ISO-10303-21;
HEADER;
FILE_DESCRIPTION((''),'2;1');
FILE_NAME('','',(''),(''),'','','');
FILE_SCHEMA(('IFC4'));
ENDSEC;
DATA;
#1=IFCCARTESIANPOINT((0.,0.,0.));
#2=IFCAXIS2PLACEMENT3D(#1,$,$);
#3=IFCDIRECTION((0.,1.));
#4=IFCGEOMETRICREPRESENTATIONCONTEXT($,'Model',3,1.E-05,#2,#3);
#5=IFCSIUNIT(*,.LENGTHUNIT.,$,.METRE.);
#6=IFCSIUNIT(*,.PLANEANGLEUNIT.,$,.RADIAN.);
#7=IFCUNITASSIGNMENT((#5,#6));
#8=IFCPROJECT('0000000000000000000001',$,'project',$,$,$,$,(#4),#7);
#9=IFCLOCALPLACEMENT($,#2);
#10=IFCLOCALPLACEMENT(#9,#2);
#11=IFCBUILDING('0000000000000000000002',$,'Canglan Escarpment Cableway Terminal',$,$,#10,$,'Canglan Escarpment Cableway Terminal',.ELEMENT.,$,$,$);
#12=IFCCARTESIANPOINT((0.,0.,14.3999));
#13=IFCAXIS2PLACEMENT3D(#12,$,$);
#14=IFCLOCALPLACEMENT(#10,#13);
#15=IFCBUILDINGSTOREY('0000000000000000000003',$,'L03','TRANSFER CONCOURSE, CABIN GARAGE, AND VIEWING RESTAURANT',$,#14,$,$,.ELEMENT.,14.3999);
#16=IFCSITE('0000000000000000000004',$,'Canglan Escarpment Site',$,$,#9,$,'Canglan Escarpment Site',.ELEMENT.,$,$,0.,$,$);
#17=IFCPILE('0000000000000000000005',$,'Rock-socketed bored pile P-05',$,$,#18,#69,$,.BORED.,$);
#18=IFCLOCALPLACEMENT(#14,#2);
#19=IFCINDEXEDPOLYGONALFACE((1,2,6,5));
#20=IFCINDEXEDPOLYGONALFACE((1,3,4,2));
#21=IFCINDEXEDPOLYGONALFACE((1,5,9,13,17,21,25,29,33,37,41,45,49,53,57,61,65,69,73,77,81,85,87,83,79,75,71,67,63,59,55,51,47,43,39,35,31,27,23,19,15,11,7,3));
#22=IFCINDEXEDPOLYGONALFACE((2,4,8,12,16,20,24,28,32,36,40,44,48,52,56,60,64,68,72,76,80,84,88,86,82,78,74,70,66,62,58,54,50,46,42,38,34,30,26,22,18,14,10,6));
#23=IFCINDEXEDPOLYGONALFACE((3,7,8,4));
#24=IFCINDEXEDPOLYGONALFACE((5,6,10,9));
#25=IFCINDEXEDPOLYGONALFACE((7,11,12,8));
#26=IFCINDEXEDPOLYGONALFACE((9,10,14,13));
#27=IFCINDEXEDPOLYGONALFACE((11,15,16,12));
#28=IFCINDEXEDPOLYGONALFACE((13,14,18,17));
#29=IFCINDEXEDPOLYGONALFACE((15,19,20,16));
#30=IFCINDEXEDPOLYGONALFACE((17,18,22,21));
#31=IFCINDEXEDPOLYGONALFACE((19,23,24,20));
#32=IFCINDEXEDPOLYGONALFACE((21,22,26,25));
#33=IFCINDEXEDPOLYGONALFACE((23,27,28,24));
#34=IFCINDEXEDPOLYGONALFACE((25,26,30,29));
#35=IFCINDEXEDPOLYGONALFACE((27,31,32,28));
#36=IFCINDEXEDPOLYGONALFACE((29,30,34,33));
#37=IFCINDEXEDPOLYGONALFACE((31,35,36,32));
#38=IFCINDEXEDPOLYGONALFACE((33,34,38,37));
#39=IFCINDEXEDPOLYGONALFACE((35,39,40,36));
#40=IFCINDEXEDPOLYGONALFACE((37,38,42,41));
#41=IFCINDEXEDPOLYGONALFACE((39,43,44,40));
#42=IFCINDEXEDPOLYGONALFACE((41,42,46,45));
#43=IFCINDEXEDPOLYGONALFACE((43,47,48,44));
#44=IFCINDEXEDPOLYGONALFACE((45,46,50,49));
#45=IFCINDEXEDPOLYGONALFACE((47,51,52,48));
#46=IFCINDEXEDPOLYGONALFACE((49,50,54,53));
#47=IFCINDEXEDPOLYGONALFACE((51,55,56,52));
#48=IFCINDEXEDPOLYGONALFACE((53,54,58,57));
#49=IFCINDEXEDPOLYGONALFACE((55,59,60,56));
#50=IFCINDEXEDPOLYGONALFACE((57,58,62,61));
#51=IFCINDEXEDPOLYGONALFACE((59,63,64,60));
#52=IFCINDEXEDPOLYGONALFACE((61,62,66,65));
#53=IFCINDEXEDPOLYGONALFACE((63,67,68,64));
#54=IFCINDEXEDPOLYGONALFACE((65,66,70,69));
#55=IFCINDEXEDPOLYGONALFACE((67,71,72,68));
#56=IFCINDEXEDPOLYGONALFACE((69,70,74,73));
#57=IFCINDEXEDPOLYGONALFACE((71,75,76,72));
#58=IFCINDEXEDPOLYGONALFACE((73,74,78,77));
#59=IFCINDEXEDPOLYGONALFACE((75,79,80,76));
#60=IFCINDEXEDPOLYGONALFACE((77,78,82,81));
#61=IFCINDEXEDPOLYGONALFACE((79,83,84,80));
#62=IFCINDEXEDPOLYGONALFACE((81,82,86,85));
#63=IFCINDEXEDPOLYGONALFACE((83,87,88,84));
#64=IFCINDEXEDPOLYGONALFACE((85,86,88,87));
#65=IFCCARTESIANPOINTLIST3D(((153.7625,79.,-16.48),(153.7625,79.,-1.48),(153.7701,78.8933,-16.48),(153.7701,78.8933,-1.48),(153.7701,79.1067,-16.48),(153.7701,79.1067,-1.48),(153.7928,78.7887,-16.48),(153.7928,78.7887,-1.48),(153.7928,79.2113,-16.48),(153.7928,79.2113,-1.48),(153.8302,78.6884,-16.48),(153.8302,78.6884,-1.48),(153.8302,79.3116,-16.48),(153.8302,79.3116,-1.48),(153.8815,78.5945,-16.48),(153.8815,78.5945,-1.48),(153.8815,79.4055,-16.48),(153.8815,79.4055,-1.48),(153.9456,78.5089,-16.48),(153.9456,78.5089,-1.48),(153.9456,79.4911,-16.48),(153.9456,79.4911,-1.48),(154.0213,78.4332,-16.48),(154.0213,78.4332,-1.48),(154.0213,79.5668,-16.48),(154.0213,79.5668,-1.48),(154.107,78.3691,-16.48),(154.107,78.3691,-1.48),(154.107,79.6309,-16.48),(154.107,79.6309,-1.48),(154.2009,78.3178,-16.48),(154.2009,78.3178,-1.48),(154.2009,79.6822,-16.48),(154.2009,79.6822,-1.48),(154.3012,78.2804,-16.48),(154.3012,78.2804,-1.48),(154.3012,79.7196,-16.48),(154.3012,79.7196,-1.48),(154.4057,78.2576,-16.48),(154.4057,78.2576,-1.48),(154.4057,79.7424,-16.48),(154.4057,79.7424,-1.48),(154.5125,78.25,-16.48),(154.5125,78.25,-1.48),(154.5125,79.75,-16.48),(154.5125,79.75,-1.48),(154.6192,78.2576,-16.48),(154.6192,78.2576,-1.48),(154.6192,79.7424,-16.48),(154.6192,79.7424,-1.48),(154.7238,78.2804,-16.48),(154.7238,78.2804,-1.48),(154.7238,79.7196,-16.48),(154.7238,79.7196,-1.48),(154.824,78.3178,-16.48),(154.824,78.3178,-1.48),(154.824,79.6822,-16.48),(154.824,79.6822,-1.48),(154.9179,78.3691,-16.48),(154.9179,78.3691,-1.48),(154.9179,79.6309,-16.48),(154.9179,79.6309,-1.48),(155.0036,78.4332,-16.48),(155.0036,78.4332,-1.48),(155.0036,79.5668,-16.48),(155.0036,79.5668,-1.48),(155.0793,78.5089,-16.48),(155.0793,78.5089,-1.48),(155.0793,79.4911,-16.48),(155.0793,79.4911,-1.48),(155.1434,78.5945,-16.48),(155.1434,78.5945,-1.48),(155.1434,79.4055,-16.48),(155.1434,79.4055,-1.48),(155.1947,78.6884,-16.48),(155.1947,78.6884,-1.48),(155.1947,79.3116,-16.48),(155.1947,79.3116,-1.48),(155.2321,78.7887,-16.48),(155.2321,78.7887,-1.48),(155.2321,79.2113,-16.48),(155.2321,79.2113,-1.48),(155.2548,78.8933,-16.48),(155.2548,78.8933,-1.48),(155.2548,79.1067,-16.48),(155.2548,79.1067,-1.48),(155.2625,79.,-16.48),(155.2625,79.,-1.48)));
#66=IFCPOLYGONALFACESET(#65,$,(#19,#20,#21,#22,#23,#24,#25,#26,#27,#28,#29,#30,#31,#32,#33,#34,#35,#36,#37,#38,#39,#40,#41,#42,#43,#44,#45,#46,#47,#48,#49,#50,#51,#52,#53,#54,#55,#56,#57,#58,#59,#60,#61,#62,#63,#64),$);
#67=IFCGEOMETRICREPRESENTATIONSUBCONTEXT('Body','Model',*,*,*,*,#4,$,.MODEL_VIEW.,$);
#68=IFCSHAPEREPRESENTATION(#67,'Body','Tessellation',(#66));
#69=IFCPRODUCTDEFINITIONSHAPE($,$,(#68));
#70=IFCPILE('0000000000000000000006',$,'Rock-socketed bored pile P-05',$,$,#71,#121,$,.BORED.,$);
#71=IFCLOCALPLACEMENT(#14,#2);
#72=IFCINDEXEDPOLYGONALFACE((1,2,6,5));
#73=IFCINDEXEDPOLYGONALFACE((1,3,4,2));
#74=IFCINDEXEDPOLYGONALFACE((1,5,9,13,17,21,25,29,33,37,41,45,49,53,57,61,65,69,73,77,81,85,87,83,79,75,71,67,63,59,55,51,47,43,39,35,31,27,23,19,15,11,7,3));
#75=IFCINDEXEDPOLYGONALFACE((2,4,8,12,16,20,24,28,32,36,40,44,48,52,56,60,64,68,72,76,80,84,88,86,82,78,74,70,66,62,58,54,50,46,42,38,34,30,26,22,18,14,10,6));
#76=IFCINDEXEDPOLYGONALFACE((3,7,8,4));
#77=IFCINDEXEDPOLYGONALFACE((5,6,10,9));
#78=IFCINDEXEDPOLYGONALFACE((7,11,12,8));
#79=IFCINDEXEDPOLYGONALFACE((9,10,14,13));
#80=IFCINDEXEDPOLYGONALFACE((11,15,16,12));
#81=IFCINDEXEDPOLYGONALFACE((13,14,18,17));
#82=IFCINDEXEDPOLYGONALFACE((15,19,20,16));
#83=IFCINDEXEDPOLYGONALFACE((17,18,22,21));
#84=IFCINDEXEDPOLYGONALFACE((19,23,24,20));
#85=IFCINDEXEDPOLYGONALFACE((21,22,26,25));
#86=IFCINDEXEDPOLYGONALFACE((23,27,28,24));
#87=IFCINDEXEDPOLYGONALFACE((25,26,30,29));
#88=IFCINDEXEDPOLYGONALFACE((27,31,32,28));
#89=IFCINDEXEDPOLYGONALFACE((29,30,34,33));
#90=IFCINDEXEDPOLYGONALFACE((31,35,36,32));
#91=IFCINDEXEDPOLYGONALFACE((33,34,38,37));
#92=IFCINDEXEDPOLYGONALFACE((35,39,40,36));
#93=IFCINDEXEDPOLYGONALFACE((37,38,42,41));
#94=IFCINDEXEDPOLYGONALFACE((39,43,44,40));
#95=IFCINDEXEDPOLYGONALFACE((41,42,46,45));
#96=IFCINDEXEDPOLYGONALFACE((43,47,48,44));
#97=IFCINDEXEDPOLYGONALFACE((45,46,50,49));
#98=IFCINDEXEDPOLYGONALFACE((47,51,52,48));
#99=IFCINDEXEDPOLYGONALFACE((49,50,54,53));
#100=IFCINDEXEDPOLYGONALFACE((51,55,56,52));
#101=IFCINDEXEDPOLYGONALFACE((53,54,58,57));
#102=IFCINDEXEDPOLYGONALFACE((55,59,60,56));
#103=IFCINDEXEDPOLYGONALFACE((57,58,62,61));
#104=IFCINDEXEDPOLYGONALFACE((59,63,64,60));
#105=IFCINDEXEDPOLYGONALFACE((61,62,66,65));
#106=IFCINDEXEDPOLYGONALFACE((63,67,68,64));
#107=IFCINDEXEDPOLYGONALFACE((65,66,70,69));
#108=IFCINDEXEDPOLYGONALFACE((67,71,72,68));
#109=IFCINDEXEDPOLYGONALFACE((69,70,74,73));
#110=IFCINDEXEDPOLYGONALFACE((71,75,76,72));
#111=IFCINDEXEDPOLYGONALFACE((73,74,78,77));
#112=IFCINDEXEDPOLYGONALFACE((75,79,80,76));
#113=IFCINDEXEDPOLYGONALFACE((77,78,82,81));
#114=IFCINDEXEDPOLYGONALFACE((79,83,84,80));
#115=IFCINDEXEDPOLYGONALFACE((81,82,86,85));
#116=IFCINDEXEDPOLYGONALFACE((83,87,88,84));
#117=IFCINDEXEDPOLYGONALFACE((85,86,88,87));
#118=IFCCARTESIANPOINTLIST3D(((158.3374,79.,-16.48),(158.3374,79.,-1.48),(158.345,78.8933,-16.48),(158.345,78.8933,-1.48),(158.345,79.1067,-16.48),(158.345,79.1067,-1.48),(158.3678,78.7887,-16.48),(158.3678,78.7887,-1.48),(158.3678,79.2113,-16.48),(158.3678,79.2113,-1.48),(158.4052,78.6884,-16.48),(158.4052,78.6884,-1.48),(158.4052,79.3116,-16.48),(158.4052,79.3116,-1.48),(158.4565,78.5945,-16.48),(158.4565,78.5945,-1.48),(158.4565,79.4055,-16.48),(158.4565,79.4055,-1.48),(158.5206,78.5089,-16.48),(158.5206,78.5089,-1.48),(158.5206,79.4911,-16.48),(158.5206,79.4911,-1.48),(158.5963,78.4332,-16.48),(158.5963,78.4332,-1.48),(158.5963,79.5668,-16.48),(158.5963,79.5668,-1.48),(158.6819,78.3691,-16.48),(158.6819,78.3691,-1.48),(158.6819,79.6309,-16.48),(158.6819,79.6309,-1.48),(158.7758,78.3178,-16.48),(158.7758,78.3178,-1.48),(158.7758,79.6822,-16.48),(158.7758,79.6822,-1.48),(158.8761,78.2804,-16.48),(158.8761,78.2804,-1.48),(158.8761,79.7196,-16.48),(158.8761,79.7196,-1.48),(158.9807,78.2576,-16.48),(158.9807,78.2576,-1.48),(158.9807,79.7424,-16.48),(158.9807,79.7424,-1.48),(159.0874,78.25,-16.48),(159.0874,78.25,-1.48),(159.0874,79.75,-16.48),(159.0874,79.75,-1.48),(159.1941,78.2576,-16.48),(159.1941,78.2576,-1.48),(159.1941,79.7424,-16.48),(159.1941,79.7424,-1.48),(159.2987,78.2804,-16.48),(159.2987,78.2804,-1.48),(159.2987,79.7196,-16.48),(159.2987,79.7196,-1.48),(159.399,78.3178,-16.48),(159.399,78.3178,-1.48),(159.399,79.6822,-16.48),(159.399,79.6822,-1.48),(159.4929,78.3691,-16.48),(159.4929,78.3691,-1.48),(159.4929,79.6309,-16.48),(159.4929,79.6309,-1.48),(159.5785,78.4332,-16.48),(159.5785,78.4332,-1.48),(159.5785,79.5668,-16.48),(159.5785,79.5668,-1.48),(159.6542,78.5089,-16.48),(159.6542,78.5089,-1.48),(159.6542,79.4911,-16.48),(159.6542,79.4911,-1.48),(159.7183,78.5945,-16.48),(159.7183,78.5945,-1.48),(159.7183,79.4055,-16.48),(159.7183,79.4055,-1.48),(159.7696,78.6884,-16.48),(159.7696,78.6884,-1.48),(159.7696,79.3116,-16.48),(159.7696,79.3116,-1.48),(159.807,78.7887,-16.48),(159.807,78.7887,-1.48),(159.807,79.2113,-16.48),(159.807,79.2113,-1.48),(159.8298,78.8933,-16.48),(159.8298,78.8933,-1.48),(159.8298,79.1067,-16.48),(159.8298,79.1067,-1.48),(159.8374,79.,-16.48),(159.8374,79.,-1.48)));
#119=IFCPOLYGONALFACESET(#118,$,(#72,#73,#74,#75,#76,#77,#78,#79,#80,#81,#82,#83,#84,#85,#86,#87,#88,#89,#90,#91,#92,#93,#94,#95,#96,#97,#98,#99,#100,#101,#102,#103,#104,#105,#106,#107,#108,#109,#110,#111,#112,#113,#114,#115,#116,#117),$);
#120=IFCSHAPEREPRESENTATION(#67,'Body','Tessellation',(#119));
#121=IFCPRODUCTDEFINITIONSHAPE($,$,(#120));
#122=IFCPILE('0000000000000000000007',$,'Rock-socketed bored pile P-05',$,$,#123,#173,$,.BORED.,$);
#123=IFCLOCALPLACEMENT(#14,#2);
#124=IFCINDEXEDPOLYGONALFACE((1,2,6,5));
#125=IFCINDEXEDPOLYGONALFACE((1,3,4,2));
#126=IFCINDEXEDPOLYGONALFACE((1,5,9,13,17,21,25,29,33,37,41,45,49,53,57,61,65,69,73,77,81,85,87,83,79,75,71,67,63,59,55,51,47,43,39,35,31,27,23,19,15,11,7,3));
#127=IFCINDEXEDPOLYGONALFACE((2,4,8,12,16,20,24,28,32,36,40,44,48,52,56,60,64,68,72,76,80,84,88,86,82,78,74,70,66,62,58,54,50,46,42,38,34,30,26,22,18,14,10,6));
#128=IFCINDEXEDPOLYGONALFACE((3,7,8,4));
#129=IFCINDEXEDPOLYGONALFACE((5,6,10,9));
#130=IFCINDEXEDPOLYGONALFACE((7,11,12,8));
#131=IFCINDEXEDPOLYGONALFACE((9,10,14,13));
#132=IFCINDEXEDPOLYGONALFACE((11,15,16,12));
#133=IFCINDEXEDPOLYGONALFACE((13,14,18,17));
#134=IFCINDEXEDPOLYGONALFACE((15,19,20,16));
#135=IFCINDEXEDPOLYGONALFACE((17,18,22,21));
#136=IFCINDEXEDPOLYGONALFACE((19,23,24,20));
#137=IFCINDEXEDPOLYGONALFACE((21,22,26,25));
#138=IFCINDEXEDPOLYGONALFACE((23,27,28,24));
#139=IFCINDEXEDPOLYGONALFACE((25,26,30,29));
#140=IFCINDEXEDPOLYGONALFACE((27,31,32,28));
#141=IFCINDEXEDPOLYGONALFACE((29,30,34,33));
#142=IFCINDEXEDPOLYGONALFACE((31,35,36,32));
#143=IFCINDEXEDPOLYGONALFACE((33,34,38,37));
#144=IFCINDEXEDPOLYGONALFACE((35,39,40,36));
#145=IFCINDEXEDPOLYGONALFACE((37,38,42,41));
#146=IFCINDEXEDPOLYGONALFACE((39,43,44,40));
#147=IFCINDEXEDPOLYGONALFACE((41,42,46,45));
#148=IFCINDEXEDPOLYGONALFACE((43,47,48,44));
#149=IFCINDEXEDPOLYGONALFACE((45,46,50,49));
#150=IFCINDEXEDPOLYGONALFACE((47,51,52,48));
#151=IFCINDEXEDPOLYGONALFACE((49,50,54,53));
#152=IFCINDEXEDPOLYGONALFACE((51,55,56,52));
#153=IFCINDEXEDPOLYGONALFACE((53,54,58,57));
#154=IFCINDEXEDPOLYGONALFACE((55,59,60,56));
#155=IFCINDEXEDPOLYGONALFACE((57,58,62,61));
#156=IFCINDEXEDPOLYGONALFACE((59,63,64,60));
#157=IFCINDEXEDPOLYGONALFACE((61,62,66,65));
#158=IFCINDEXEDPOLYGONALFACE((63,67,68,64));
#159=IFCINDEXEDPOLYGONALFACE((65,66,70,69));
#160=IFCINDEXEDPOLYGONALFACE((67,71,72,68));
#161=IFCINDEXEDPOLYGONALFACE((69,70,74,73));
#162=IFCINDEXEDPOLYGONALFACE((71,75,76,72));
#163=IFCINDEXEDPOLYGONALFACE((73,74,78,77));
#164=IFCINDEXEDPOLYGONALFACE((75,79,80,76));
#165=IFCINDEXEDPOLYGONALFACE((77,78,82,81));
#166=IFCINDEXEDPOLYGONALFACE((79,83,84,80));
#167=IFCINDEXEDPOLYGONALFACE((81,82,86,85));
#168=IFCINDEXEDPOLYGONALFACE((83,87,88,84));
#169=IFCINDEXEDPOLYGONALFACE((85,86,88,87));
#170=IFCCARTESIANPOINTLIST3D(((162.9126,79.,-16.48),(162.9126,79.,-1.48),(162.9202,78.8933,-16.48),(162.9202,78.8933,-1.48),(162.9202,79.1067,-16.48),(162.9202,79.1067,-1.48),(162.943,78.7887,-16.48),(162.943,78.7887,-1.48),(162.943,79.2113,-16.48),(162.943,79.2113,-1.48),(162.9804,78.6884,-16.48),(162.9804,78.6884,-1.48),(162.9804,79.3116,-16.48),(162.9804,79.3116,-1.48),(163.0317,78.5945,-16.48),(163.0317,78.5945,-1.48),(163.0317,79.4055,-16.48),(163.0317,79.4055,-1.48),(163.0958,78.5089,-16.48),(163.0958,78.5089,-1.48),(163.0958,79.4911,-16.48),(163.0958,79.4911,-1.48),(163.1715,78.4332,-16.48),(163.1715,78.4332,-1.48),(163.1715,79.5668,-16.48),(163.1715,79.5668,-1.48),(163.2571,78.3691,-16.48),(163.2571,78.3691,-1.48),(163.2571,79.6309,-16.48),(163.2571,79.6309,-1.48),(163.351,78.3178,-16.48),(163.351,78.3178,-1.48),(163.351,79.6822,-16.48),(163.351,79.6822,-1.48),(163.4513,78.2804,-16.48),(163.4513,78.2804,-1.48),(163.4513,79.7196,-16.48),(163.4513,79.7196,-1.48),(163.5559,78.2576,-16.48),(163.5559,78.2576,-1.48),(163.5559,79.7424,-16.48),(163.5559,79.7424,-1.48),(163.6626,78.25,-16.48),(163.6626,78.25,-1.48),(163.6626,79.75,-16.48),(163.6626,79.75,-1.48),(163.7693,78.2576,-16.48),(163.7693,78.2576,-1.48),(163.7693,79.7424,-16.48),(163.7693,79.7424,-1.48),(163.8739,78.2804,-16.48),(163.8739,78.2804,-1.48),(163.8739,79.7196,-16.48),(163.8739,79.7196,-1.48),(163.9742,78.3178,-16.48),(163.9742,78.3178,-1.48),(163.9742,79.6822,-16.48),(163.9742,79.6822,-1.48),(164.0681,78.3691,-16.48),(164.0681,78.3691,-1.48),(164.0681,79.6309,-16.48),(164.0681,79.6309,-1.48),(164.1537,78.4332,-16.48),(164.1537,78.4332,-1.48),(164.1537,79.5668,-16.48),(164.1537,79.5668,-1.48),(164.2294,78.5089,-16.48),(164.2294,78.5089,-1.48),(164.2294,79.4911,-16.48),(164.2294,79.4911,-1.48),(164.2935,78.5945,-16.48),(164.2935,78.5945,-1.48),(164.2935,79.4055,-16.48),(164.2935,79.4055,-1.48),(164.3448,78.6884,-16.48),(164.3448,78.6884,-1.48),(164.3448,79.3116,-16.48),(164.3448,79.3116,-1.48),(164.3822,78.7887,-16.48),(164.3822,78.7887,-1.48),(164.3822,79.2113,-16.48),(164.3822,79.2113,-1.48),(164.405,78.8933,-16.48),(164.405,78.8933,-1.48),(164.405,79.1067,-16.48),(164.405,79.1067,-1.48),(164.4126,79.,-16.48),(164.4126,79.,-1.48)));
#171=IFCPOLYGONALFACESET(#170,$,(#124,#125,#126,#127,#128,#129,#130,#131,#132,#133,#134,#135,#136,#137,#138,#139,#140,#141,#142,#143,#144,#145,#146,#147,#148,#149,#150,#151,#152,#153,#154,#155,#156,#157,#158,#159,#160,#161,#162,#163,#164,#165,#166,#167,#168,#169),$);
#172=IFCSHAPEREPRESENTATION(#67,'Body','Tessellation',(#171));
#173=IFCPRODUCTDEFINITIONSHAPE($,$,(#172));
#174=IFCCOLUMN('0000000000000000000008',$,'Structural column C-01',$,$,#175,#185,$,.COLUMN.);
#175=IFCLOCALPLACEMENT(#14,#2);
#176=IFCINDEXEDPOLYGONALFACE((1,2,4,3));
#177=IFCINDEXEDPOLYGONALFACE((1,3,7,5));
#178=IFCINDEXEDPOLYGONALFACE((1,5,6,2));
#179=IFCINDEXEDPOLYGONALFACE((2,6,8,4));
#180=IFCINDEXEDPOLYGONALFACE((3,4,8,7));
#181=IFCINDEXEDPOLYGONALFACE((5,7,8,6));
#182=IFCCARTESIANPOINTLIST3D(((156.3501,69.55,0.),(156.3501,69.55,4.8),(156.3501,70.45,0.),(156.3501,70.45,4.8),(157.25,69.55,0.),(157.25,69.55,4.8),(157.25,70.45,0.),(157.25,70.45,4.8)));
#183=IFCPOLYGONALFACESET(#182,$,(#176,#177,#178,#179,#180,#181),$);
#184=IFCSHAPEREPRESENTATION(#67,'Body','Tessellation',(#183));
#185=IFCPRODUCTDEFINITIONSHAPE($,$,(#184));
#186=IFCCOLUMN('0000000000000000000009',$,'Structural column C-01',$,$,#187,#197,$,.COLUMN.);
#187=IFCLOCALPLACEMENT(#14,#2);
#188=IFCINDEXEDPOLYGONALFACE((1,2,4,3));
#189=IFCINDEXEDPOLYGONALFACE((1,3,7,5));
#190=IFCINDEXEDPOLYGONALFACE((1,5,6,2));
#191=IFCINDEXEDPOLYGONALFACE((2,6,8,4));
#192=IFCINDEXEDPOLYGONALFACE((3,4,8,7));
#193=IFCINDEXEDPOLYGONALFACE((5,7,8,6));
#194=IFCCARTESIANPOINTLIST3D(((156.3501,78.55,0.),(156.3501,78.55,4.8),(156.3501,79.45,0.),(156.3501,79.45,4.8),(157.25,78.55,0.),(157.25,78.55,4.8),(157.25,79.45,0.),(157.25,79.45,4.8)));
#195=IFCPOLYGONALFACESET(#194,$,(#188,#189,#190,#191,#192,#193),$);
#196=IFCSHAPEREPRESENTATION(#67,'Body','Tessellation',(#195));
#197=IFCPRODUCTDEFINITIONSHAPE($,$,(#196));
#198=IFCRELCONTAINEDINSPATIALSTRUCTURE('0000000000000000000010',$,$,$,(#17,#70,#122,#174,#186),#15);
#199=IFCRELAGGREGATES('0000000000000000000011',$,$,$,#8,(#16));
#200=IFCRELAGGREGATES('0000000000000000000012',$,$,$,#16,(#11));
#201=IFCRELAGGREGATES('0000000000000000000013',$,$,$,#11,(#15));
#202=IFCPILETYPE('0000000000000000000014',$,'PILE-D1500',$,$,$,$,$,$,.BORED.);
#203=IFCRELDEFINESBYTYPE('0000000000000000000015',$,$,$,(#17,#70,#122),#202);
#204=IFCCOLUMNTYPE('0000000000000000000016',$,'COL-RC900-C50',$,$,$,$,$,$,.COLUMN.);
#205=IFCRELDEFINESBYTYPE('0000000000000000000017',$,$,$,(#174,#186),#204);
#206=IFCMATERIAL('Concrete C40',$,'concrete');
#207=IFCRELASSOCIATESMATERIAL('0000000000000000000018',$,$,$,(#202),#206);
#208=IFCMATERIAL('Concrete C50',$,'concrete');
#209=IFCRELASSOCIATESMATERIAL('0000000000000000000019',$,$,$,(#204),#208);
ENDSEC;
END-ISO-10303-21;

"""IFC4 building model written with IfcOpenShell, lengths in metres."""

from ifc_helpers import new_model, si_unit, direction, frame, origin, origin_2d, place, context, subcontext, project, spatial, rectangle, circle, extrude, material, material_profile, profile_set, type_object, element, save


model = new_model("IFC4")

# Units and contexts
model_context = context("Model", 3, precision=1e-05, world=origin(), true_north=direction((0.0, 1.0)))
body_context = subcontext(model_context, "Body", "Model", "MODEL_VIEW")
ifc_project = project(units=[si_unit("LENGTHUNIT", "METRE"), si_unit("PLANEANGLEUNIT", "RADIAN")], contexts=[model_context])

# Site, building, storey
site_placement = place(None, origin())
site = spatial("IfcSite", under=ifc_project, at=site_placement, Name="Canglan Escarpment Site", LongName="Canglan Escarpment Site", CompositionType="ELEMENT", RefElevation=0.0)
building_placement = place(site_placement, origin())
building = spatial("IfcBuilding", under=site, at=building_placement, Name="Canglan Escarpment Cableway Terminal", LongName="Canglan Escarpment Cableway Terminal", CompositionType="ELEMENT")
storey_placement = place(building_placement, frame((0.0, 0.0, 14.3999)))
storey = spatial("IfcBuildingStorey", under=building, at=storey_placement, Name="L03", Description="TRANSFER CONCOURSE, CABIN GARAGE, AND VIEWING RESTAURANT", CompositionType="ELEMENT", Elevation=14.3999)

# Shared definitions
ifc_material_1 = material(Name="Concrete C40", Category="concrete")

# Piles
ifc_material_profile_1 = material_profile(ifc_material_1, circle(Radius=0.75, at=origin_2d()), Name="BORED PILE D1500")
ifc_profile_set_1 = profile_set([ifc_material_profile_1], Name="Concrete C40")
pile_type = type_object("IfcPileType", Name="PILE-D1500", PredefinedType="BORED", material=ifc_profile_set_1)
for number, where, z_axis, x_axis, name in (
    (1, (154.5125, 79.0, -1.48), (0.0, 0.0, -1.0), (1.0, 0.0, 0.0), "Rock-socketed bored pile P-05"),
    (2, (159.0874, 79.0, -1.48), (0.0, 0.0, -1.0), (1.0, 0.0, 0.0), "Rock-socketed bored pile P-05"),
    (3, (163.6626, 79.0, -1.48), (0.0, 0.0, -1.0), (1.0, 0.0, 0.0), "Rock-socketed bored pile P-05"),
):
    element("IfcPile", number, at=place(storey_placement, frame(where, z_axis=z_axis, x_axis=x_axis)), inside=storey, type_object=pile_type, Name=name, PredefinedType="BORED", context=body_context, shape_type="SweptSolid", body=[
        extrude(circle(Radius=0.75, at=origin_2d()), origin(), (0.0, 0.0, 1.0), 15.0),
    ])

# Columns
ifc_material_2 = material(Name="Concrete C50", Category="concrete")
ifc_material_profile_2 = material_profile(ifc_material_2, rectangle(XDim=0.8999, YDim=0.8999, at=origin_2d()), Name="RC 900x900")
ifc_profile_set_2 = profile_set([ifc_material_profile_2], Name="Concrete C50")
column_type = type_object("IfcColumnType", Name="COL-RC900-C50", PredefinedType="COLUMN", material=ifc_profile_set_2)
for number, where, z_axis, x_axis, name in (
    (4, (156.8, 70.0, 0.0), (0.0, 0.0, 1.0), (1.0, 0.0, 0.0), "Structural column C-01"),
    (5, (156.8, 79.0, 0.0), (0.0, 0.0, 1.0), (1.0, 0.0, 0.0), "Structural column C-01"),
):
    element("IfcColumn", number, at=place(storey_placement, frame(where, z_axis=z_axis, x_axis=x_axis)), inside=storey, type_object=column_type, Name=name, PredefinedType="COLUMN", context=body_context, shape_type="SweptSolid", body=[
        extrude(rectangle(XDim=0.8999, YDim=0.8999, at=origin_2d()), origin(), (0.0, 0.0, 1.0), 4.8),
    ])

save(model, "model.ifc")
